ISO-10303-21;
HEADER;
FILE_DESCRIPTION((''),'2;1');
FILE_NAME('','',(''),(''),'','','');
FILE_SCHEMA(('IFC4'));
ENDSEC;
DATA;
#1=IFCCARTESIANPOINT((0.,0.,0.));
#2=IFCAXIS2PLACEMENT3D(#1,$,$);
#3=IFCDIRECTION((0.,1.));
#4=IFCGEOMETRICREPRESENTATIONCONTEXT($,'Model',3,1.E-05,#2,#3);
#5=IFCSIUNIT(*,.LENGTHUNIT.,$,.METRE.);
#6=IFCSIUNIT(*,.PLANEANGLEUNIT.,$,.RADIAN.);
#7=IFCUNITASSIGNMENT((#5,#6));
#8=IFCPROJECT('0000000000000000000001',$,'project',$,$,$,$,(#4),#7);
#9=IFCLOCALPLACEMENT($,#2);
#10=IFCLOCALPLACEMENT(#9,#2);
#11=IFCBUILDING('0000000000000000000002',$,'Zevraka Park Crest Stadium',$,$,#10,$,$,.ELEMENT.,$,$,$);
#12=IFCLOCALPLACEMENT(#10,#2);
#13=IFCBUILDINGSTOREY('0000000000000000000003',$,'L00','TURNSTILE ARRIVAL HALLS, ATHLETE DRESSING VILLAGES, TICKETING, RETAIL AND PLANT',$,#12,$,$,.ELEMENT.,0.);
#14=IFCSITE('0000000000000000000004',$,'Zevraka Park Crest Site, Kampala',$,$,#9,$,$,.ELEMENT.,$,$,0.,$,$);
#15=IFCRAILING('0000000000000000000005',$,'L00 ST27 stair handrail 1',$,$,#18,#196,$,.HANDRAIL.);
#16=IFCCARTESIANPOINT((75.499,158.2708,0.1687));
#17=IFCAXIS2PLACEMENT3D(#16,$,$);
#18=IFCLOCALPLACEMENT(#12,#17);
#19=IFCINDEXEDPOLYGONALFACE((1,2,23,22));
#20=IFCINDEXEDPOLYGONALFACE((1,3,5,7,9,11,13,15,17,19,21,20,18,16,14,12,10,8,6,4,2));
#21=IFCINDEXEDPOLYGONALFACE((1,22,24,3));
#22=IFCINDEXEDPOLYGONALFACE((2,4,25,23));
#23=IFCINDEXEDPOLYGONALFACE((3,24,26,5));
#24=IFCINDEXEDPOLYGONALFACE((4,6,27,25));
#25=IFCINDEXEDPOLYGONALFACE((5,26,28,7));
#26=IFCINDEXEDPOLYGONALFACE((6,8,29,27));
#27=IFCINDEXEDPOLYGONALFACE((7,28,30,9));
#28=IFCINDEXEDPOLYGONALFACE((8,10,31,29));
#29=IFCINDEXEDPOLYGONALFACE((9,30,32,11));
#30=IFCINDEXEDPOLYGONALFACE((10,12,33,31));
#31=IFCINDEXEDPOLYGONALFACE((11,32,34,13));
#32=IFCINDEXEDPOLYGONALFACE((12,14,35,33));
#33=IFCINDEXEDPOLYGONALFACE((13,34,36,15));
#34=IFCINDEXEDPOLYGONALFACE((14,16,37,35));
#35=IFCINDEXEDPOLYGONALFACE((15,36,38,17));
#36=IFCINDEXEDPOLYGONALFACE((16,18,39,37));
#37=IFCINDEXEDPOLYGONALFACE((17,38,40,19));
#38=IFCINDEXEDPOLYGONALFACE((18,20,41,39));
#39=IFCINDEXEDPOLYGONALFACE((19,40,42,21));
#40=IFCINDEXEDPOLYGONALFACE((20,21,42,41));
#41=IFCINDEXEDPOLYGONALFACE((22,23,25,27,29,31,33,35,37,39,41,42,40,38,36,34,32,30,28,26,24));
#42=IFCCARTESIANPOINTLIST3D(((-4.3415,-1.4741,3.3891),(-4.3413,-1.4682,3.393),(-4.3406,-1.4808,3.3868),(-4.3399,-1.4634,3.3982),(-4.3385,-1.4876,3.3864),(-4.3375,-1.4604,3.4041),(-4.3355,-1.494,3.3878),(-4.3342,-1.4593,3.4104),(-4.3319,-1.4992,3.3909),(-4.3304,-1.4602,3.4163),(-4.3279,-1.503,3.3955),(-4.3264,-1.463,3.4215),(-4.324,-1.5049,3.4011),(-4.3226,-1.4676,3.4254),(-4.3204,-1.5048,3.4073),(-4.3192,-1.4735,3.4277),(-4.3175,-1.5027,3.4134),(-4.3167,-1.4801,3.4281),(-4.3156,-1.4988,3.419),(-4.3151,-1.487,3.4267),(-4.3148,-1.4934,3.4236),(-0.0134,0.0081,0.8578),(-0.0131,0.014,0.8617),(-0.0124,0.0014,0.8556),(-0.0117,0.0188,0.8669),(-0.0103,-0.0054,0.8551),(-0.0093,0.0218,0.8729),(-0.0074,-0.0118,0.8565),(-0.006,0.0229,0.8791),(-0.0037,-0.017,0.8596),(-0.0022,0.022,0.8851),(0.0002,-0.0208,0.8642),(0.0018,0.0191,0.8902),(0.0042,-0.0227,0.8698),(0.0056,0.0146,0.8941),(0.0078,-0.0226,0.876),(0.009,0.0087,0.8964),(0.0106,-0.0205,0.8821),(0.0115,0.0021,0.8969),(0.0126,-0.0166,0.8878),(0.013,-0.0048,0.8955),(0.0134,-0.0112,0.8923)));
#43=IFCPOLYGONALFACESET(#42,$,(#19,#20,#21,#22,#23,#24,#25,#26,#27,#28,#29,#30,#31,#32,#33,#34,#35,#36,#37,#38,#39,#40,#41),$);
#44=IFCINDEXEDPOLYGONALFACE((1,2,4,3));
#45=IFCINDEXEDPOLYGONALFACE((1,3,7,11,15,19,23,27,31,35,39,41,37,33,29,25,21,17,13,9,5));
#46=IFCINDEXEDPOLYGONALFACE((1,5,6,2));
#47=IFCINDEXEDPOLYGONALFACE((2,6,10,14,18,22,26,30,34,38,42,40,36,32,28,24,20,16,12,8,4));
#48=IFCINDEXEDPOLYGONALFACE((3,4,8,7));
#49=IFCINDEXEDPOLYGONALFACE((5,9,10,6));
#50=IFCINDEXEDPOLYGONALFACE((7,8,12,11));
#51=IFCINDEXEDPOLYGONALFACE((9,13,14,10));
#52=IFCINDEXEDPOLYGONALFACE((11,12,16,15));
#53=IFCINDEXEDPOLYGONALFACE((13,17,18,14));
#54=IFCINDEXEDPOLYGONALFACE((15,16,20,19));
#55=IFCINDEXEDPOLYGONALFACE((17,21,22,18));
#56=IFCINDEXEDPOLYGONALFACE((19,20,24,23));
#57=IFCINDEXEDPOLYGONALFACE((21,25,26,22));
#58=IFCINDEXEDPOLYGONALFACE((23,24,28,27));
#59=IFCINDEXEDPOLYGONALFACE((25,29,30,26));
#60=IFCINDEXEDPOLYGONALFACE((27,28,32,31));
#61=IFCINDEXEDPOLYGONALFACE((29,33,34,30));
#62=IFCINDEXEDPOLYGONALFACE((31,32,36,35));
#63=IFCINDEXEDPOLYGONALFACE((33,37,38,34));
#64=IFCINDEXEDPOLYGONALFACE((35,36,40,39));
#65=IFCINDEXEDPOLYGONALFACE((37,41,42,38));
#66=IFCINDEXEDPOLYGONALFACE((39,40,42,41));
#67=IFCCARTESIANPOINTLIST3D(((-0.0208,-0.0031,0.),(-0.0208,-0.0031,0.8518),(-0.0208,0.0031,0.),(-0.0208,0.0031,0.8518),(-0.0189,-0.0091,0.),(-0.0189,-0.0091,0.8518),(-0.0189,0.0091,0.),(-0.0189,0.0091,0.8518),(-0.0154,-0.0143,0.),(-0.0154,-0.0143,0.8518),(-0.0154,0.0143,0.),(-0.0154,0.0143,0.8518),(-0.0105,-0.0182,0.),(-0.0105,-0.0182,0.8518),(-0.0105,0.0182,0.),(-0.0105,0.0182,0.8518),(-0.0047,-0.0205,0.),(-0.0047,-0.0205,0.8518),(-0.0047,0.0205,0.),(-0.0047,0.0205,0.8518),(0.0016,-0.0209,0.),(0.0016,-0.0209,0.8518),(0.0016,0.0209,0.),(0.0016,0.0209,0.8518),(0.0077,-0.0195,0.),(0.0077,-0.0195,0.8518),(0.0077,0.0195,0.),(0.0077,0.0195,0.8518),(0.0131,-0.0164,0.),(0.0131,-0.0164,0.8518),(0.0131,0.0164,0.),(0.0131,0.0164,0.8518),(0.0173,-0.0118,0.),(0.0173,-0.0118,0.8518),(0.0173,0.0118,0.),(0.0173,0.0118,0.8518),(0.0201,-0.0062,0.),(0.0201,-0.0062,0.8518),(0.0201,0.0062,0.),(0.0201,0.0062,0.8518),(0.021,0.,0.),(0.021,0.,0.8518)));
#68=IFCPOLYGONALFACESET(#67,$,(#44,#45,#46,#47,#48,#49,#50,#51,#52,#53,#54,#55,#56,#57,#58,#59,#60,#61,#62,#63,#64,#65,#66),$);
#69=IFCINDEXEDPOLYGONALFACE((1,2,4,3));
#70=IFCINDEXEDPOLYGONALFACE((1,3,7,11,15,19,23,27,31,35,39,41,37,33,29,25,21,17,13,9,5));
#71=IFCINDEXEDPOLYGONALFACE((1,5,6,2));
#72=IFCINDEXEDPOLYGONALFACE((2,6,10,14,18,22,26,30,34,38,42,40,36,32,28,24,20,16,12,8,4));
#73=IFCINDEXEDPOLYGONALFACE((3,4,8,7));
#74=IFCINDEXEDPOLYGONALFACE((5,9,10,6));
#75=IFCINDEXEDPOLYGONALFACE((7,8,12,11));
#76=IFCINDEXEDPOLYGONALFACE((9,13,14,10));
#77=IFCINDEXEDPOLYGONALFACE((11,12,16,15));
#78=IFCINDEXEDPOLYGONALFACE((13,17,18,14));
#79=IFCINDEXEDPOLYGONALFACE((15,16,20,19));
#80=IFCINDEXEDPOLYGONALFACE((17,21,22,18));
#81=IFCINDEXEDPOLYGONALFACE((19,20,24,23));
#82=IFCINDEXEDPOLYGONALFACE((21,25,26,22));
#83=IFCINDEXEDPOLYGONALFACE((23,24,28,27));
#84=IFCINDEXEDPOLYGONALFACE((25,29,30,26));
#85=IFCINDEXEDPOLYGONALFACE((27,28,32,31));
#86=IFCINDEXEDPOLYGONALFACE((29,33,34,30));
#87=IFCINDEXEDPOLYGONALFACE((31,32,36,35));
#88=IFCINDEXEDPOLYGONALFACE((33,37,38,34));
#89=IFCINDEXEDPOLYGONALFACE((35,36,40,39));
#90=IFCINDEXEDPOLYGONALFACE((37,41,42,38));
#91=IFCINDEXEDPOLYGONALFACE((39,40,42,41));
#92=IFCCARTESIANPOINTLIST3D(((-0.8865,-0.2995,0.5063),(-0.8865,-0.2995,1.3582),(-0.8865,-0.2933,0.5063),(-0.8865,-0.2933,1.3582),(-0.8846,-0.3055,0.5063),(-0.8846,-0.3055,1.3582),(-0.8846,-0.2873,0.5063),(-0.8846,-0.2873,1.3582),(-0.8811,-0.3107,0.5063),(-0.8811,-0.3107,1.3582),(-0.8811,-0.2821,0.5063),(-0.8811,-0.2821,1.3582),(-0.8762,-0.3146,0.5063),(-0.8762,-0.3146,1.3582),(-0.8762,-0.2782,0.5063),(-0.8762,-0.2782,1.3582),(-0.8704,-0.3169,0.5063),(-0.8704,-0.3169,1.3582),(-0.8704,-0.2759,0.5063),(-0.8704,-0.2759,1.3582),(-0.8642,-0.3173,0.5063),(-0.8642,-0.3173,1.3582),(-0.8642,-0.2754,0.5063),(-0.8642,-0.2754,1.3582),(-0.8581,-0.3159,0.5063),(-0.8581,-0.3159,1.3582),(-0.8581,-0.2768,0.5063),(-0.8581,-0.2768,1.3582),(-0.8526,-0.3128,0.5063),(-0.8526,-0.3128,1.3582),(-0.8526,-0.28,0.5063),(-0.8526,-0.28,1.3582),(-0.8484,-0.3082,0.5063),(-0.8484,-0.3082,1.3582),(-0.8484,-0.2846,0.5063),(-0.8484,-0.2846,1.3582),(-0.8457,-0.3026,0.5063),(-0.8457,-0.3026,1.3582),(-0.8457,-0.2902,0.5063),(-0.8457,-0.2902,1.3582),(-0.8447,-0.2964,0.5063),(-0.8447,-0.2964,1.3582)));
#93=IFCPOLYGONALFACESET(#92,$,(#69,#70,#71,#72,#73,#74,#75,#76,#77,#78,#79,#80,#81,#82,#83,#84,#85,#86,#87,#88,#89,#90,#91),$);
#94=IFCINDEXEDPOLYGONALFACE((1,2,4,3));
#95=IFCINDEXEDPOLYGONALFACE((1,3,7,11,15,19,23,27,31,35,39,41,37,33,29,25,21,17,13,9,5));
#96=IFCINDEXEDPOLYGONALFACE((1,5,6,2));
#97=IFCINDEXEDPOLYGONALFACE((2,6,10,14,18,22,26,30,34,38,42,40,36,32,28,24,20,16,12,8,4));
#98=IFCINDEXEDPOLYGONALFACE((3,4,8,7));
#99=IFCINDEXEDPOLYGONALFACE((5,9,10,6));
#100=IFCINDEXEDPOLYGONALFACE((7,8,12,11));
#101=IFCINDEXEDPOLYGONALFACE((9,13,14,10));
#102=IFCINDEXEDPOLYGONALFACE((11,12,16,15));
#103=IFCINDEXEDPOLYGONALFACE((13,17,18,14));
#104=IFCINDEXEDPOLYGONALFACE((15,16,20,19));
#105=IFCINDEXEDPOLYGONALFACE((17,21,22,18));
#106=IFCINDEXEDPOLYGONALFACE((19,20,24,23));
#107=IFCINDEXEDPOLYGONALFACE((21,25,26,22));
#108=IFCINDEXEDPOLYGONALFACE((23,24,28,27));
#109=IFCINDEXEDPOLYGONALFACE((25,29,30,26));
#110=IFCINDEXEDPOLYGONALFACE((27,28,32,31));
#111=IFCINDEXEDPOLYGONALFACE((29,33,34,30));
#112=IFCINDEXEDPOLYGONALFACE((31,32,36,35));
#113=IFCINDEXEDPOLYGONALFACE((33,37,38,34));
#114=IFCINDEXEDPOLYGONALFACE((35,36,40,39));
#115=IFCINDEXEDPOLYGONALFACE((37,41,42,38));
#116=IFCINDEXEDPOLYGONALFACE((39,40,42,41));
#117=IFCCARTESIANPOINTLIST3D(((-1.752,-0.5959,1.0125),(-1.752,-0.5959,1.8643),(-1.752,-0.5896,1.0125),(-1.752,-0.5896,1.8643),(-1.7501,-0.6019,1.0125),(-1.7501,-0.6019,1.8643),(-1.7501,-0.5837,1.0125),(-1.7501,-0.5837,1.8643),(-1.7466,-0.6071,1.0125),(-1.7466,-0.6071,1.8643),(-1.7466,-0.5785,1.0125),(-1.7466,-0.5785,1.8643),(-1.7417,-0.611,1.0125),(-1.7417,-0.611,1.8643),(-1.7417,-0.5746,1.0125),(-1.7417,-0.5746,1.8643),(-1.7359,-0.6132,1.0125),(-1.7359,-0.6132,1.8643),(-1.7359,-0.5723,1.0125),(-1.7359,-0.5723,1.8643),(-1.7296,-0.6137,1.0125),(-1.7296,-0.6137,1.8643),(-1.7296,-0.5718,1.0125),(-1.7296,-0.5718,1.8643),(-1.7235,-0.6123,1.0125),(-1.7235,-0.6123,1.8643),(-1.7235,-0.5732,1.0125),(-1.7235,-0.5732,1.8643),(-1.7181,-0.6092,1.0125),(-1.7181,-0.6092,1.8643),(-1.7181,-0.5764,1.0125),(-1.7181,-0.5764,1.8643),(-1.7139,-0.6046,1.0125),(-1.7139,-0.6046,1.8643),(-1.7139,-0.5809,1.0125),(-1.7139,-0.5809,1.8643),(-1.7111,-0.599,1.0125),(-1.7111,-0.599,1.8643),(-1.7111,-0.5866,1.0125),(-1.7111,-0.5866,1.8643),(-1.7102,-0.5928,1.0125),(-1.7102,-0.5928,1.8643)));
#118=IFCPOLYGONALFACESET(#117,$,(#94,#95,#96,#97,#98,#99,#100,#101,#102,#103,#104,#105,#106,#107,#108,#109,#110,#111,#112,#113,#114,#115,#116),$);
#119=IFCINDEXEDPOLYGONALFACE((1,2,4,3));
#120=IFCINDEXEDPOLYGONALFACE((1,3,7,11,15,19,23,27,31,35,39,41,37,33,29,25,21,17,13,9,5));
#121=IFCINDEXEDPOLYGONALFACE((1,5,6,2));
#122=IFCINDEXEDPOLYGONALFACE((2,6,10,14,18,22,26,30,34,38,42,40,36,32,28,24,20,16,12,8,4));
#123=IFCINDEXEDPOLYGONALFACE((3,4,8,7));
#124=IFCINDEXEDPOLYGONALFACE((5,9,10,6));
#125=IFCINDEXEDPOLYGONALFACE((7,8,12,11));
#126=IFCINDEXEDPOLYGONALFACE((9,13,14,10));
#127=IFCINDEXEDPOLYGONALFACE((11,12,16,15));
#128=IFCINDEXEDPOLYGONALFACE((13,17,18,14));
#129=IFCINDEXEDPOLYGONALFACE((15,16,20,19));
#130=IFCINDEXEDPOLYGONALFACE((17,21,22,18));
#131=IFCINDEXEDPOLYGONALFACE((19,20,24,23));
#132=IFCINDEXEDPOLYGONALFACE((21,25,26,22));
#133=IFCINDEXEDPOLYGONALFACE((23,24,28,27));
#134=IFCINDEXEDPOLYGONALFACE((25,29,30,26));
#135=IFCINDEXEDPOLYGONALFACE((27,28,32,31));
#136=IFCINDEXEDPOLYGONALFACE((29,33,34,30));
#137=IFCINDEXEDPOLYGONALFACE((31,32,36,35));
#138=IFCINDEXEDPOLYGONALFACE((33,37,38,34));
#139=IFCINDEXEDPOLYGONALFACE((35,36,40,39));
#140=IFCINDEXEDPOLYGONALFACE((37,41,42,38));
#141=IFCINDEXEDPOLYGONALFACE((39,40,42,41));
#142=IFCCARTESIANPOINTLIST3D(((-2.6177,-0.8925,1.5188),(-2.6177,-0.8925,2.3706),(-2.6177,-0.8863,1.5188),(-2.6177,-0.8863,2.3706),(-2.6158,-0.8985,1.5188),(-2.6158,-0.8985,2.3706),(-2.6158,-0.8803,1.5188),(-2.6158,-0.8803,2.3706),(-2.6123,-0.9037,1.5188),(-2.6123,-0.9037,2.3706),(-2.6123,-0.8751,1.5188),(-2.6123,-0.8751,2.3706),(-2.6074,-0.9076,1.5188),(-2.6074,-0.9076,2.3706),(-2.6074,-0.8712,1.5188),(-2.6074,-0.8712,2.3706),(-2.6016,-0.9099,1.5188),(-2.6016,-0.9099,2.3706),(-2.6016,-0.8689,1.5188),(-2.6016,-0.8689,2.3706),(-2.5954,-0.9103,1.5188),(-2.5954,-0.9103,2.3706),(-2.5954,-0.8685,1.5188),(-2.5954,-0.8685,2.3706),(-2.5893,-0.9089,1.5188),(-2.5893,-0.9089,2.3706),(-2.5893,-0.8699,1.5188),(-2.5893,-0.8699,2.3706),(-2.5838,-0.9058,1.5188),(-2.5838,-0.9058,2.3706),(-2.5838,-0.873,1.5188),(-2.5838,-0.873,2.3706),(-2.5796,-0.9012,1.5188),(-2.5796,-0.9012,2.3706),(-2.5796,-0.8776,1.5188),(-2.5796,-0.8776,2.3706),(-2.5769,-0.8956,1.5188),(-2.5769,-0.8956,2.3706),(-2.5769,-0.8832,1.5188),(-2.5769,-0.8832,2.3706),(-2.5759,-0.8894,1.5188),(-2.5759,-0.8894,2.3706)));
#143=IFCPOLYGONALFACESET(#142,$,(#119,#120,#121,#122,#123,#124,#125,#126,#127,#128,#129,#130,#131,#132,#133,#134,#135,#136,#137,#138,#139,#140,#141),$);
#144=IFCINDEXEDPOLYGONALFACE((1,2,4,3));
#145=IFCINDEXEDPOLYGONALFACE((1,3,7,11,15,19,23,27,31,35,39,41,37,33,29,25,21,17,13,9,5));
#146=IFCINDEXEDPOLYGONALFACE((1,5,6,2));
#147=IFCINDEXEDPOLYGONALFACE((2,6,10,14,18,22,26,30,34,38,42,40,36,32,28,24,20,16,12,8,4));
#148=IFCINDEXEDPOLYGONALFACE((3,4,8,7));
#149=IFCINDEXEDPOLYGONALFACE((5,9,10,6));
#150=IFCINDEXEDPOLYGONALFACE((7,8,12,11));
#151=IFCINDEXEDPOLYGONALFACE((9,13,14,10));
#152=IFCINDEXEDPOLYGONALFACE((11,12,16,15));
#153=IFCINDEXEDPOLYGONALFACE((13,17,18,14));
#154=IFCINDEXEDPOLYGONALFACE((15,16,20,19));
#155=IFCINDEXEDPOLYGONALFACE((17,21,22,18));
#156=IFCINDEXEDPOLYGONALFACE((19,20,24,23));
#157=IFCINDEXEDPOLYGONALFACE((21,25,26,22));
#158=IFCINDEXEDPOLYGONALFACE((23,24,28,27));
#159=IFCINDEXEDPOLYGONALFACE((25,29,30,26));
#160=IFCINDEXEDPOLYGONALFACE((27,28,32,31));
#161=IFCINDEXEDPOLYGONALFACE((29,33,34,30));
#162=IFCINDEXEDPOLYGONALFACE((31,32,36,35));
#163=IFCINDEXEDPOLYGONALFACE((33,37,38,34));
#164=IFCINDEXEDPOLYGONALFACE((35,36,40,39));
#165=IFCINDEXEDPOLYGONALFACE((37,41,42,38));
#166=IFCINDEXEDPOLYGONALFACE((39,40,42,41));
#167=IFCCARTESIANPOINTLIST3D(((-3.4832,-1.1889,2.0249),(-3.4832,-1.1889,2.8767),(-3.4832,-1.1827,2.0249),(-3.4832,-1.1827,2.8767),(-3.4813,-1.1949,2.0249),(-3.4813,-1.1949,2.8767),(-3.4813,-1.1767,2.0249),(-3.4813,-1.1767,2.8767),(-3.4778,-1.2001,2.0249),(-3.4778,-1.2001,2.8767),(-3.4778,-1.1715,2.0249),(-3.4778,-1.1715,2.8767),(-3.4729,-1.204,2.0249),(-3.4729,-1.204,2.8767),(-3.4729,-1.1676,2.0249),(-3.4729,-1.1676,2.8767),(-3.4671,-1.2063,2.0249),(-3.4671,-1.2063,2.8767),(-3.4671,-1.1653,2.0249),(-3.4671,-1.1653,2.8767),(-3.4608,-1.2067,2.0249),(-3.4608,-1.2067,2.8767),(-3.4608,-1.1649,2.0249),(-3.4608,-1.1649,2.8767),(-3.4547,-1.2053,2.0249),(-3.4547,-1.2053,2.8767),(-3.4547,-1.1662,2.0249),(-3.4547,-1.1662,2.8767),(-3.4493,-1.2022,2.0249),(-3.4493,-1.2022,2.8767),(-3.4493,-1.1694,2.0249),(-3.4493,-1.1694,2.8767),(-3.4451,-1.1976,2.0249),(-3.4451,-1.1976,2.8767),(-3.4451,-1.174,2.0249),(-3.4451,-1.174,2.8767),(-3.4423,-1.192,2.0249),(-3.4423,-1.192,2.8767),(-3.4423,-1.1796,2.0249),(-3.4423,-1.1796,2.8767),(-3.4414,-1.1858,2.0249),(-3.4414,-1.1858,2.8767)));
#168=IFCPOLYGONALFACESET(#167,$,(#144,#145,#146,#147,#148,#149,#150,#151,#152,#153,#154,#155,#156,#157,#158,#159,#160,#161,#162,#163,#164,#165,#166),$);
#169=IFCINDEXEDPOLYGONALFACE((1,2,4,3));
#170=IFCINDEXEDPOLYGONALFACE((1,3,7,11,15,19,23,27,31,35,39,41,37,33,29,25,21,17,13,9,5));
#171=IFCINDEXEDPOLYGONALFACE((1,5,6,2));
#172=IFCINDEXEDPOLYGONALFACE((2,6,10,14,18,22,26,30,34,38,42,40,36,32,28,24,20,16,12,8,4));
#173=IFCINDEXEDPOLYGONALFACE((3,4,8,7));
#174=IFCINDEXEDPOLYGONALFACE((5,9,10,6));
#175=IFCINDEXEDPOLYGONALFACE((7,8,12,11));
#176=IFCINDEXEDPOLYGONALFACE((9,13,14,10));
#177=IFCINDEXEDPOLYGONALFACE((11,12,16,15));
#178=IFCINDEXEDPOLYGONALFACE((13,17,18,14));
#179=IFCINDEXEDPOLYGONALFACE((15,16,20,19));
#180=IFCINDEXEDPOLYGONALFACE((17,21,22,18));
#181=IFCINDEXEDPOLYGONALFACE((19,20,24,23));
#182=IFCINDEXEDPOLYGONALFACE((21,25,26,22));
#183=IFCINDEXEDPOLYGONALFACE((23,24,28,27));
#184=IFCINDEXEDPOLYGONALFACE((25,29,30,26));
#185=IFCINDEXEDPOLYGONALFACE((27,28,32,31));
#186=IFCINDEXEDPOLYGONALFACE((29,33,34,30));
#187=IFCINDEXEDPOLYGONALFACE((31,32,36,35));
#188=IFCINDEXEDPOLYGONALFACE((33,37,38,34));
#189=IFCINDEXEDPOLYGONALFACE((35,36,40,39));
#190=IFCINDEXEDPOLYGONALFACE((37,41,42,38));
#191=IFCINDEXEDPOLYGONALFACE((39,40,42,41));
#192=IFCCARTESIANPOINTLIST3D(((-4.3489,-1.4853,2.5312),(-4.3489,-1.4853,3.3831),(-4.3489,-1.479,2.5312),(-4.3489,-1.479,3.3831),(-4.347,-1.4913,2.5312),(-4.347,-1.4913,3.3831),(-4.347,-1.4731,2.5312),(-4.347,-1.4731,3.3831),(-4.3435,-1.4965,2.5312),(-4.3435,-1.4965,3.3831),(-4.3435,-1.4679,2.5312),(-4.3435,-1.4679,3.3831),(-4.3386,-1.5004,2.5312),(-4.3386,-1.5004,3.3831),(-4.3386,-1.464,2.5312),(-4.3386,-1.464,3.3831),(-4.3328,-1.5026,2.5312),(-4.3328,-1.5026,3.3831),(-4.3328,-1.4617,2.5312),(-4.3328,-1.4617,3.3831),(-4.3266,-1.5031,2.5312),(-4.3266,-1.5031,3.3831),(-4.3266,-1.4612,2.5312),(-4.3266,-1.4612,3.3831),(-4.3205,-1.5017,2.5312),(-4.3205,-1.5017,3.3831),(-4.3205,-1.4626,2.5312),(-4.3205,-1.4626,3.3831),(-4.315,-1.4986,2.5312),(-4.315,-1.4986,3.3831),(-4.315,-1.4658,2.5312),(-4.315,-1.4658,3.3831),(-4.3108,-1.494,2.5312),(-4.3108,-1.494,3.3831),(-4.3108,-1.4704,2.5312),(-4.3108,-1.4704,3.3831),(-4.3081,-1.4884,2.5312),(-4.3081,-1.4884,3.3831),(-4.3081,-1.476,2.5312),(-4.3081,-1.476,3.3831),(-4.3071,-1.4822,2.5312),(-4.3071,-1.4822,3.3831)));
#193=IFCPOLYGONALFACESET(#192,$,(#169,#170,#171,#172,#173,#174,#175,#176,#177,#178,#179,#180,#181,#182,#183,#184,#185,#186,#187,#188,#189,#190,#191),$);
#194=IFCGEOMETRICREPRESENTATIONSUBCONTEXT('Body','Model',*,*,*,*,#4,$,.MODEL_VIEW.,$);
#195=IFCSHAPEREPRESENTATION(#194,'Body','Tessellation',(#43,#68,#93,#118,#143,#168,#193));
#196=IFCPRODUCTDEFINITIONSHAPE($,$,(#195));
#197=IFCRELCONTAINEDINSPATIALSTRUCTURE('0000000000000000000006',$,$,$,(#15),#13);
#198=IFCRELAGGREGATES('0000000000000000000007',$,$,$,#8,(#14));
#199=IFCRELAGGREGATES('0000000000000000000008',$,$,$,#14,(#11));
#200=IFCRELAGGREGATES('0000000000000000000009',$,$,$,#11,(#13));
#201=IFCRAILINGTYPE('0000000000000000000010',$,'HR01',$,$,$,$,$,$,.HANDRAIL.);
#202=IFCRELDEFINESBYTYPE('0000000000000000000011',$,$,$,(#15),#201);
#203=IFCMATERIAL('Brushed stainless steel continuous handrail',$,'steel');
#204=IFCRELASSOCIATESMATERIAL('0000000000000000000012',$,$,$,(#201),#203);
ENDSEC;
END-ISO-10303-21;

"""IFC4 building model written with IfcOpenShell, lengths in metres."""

from ifc_helpers import new_model, si_unit, direction, frame, origin, origin_2d, place, context, subcontext, project, spatial, circle, extrude, material, type_object, element, save


model = new_model("IFC4")

# Units and contexts
model_context = context("Model", 3, precision=1e-05, world=origin(), true_north=direction((0.0, 1.0)))
body_context = subcontext(model_context, "Body", "Model", "MODEL_VIEW")
ifc_project = project(units=[si_unit("LENGTHUNIT", "METRE"), si_unit("PLANEANGLEUNIT", "RADIAN")], contexts=[model_context])

# Site, building, storey
site_placement = place(None, origin())
site = spatial("IfcSite", under=ifc_project, at=site_placement, Name="Zevraka Park Crest Site, Kampala", CompositionType="ELEMENT", RefElevation=0.0)
building_placement = place(site_placement, origin())
building = spatial("IfcBuilding", under=site, at=building_placement, Name="Zevraka Park Crest Stadium", CompositionType="ELEMENT")
storey_placement = place(building_placement, origin())
storey = spatial("IfcBuildingStorey", under=building, at=storey_placement, Name="L00", Description="TURNSTILE ARRIVAL HALLS, ATHLETE DRESSING VILLAGES, TICKETING, RETAIL AND PLANT", CompositionType="ELEMENT", Elevation=0.0)

# Railing
ifc_material_1 = material(Name="Brushed stainless steel continuous handrail", Category="steel")
railing_type_1 = type_object("IfcRailingType", Name="HR01", PredefinedType="HANDRAIL", material=ifc_material_1)
railing_1_placement = place(storey_placement, frame((75.499, 158.2708, 0.1687)))
element("IfcRailing", 1, at=railing_1_placement, inside=storey, type_object=railing_type_1, Name="L00 ST27 stair handrail 1", PredefinedType="HANDRAIL", context=body_context, shape_type="SweptSolid", body=[
    extrude(circle(Radius=0.0239, at=origin_2d()), frame((0.0, 0.0, 0.876), z_axis=(-0.827802, -0.283483, 0.48413), x_axis=(0.323982, -0.946063, 0.0)), (0.0, 0.0, 1.0), 5.2285),
    extrude(circle(Radius=0.021, at=origin_2d()), origin(), (0.0, 0.0, 1.0), 0.8518),
    extrude(circle(Radius=0.021, at=origin_2d()), frame((-0.8657, -0.2964, 0.5063)), (0.0, 0.0, 1.0), 0.8518),
    extrude(circle(Radius=0.021, at=origin_2d()), frame((-1.7312, -0.5928, 1.0125)), (0.0, 0.0, 1.0), 0.8518),
    extrude(circle(Radius=0.021, at=origin_2d()), frame((-2.5969, -0.8894, 1.5188)), (0.0, 0.0, 1.0), 0.8518),
    extrude(circle(Radius=0.021, at=origin_2d()), frame((-3.4624, -1.1858, 2.0249)), (0.0, 0.0, 1.0), 0.8518),
    extrude(circle(Radius=0.021, at=origin_2d()), frame((-4.3281, -1.4822, 2.5312)), (0.0, 0.0, 1.0), 0.8518),
])

save(model, "model.ifc")
